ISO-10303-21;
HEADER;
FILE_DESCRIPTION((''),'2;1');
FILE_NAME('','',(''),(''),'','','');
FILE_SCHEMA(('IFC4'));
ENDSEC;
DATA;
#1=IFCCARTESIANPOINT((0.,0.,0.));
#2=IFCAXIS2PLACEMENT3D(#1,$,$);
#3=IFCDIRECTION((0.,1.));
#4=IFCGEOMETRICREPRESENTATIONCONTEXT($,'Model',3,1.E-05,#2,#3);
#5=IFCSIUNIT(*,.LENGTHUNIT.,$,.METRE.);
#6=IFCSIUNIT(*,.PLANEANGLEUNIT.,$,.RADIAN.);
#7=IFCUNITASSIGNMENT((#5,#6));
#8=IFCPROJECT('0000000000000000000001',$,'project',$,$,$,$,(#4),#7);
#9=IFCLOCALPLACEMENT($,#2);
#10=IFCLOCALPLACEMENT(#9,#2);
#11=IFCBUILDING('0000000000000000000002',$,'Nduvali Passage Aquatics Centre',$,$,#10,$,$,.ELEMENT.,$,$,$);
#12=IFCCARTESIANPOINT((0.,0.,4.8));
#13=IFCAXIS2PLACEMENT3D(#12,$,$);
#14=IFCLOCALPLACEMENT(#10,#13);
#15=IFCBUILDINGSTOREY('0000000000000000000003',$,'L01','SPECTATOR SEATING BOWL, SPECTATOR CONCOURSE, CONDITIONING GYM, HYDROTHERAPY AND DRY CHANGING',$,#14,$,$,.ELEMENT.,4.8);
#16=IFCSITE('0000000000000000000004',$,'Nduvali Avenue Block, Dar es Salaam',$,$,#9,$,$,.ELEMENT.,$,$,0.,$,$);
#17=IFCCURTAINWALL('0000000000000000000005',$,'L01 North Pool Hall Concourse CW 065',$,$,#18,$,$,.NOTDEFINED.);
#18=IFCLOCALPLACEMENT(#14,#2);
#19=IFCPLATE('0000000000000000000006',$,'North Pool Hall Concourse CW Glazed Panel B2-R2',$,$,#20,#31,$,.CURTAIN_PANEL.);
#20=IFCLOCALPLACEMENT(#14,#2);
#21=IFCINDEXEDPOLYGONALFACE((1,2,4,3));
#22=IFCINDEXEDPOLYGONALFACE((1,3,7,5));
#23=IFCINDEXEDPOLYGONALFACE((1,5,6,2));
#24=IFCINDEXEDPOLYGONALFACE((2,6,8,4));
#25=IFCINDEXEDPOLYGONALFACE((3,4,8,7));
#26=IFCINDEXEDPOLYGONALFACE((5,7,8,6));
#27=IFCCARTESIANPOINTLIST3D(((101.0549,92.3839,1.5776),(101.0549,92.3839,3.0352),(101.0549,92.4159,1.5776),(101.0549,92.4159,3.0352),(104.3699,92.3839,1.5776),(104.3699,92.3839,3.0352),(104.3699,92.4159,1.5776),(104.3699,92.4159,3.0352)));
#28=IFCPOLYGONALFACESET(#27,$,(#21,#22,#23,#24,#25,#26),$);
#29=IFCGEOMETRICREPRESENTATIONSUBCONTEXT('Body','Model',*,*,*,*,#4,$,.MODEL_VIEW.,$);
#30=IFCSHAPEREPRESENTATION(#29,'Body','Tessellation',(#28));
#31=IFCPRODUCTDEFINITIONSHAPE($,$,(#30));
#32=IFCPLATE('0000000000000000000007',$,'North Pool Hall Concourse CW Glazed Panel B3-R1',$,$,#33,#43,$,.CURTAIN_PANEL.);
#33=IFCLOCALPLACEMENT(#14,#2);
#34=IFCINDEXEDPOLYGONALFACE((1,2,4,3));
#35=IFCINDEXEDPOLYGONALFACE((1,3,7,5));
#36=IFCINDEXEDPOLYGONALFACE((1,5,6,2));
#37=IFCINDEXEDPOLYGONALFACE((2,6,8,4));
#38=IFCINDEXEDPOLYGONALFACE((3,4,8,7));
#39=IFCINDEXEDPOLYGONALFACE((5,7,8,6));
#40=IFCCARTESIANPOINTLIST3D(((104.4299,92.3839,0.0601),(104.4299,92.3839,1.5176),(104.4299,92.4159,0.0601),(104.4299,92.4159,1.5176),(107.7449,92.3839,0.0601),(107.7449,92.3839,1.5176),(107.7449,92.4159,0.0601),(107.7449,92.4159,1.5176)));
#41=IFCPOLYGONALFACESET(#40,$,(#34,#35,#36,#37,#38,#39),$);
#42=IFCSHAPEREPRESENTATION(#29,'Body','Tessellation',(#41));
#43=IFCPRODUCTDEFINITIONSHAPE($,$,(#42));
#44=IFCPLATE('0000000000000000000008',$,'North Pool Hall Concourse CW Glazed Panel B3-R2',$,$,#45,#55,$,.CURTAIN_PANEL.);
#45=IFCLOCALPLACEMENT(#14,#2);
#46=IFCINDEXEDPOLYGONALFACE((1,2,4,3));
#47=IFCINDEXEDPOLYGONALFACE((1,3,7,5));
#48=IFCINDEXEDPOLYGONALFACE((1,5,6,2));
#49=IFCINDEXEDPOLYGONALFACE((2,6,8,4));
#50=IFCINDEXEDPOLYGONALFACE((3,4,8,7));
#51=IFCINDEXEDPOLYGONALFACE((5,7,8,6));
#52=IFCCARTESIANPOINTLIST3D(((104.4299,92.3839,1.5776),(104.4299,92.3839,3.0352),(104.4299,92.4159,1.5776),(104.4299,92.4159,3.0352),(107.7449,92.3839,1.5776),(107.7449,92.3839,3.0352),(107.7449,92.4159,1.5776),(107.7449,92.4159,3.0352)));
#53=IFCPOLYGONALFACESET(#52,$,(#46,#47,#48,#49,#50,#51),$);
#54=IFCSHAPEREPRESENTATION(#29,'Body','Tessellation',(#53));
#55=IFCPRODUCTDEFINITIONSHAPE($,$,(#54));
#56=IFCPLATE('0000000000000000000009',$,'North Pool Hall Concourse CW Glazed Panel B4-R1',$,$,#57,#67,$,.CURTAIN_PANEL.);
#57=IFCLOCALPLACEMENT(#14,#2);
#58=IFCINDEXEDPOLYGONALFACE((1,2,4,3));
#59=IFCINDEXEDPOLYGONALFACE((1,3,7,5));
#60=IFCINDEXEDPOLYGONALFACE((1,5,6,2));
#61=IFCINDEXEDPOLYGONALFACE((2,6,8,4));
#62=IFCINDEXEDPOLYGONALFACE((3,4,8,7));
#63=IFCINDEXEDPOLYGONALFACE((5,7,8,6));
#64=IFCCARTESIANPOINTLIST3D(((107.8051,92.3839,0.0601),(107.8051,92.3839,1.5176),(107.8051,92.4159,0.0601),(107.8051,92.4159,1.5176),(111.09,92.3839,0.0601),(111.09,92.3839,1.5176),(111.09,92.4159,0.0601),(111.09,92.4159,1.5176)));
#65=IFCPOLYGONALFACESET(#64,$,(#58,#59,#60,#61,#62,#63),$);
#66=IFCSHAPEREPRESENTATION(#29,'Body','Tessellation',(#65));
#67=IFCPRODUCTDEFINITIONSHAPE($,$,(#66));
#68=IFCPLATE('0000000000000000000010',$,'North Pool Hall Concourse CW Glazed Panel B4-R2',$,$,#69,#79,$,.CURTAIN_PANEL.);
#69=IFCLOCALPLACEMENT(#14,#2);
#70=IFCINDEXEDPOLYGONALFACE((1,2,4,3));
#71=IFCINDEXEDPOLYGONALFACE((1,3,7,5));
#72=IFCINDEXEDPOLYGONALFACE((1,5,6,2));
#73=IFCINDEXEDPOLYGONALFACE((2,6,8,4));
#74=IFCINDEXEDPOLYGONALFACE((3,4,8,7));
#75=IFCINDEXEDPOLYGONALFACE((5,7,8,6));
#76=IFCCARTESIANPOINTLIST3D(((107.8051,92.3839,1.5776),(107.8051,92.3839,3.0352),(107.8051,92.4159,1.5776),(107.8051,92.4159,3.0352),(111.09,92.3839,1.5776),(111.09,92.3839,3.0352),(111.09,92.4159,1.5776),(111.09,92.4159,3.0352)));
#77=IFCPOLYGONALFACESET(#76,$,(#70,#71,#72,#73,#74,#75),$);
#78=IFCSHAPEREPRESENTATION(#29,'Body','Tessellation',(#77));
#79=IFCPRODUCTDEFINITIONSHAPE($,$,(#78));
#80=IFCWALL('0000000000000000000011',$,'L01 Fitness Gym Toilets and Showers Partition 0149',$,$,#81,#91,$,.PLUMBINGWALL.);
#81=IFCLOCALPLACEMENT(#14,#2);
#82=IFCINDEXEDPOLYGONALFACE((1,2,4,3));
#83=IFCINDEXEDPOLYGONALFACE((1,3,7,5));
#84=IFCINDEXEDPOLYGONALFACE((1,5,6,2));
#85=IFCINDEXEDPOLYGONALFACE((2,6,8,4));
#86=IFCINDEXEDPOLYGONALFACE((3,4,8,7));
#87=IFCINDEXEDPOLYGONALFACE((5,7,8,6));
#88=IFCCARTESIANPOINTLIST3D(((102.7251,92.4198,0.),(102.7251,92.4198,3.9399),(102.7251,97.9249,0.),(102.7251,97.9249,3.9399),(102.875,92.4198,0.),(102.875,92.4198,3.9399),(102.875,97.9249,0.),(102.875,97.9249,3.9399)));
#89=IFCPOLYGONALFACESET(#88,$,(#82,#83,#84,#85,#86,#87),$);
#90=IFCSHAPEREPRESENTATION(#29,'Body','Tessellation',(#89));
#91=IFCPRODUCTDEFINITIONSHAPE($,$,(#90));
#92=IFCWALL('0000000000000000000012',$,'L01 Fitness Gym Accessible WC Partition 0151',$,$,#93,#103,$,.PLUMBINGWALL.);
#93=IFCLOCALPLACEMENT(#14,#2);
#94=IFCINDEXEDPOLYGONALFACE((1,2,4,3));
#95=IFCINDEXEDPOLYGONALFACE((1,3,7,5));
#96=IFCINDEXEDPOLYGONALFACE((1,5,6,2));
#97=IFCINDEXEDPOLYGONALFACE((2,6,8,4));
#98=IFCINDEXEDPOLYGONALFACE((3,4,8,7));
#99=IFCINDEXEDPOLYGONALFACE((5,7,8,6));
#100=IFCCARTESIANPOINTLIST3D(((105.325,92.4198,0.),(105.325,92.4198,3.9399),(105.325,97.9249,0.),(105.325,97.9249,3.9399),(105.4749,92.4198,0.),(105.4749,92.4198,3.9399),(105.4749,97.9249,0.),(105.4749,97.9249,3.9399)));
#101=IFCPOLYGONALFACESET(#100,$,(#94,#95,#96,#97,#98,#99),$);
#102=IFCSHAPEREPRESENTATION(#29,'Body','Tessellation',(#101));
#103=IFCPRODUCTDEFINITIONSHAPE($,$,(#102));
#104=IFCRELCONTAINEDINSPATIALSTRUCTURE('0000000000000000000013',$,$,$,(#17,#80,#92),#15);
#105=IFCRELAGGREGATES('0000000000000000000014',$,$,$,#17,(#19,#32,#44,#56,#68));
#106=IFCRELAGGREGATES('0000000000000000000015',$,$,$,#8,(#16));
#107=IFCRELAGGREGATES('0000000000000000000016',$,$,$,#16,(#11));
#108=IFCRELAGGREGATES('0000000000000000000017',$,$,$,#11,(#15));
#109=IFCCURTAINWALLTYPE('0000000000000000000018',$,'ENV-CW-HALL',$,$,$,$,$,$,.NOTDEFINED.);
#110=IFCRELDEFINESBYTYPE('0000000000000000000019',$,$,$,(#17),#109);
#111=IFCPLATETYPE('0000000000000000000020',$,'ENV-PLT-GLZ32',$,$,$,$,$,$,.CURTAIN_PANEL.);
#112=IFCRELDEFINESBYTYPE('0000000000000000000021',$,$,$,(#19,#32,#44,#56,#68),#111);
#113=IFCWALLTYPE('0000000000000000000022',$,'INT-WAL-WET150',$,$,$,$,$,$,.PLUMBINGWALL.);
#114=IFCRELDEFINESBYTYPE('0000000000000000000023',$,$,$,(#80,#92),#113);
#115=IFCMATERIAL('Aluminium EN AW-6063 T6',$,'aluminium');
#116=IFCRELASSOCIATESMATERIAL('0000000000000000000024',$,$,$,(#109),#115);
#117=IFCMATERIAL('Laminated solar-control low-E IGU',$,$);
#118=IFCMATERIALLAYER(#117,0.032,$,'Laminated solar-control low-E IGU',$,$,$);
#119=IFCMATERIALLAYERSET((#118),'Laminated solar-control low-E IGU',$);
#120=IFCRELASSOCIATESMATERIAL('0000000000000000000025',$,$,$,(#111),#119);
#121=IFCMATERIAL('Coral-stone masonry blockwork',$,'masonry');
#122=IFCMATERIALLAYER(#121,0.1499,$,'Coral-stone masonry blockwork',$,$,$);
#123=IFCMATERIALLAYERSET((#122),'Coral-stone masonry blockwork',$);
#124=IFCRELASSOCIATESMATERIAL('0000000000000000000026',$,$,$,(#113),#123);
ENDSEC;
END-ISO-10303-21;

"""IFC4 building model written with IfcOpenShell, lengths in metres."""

from ifc_helpers import new_model, si_unit, direction, frame, frame_2d, origin, origin_2d, place, context, subcontext, project, spatial, rectangle, extrude, material, layer, layer_set, type_object, element, aggregate, save


model = new_model("IFC4")

# Units and contexts
model_context = context("Model", 3, precision=1e-05, world=origin(), true_north=direction((0.0, 1.0)))
body_context = subcontext(model_context, "Body", "Model", "MODEL_VIEW")
ifc_project = project(units=[si_unit("LENGTHUNIT", "METRE"), si_unit("PLANEANGLEUNIT", "RADIAN")], contexts=[model_context])

# Site, building, storey
site_placement = place(None, origin())
site = spatial("IfcSite", under=ifc_project, at=site_placement, Name="Nduvali Avenue Block, Dar es Salaam", CompositionType="ELEMENT", RefElevation=0.0)
building_placement = place(site_placement, origin())
building = spatial("IfcBuilding", under=site, at=building_placement, Name="Nduvali Passage Aquatics Centre", CompositionType="ELEMENT")
storey_placement = place(building_placement, frame((0.0, 0.0, 4.8)))
storey = spatial("IfcBuildingStorey", under=building, at=storey_placement, Name="L01", Description="SPECTATOR SEATING BOWL, SPECTATOR CONCOURSE, CONDITIONING GYM, HYDROTHERAPY AND DRY CHANGING", CompositionType="ELEMENT", Elevation=4.8)

# Curtain wall
ifc_material_1 = material(Name="Aluminium EN AW-6063 T6", Category="aluminium")
curtain_wall_type = type_object("IfcCurtainWallType", Name="ENV-CW-HALL", PredefinedType="NOTDEFINED", material=ifc_material_1)
curtain_wall_placement = place(storey_placement, origin())
curtain_wall = element("IfcCurtainWall", 1, at=curtain_wall_placement, inside=storey, type_object=curtain_wall_type, Name="L01 North Pool Hall Concourse CW 065", PredefinedType="NOTDEFINED")

# Plates
ifc_material_2 = material(Name="Laminated solar-control low-E IGU")
ifc_layer_1 = layer(ifc_material_2, 0.032, Name="Laminated solar-control low-E IGU")
ifc_layer_set_1 = layer_set([ifc_layer_1], Name="Laminated solar-control low-E IGU")
plate_type = type_object("IfcPlateType", Name="ENV-PLT-GLZ32", PredefinedType="CURTAIN_PANEL", material=ifc_layer_set_1)
plate_1_placement = place(storey_placement, frame((102.7124, 92.3999, 1.5776), z_axis=(0.0, 0.0, 1.0), x_axis=(1.0, 0.0, 0.0)))
plate_1 = element("IfcPlate", 2, at=plate_1_placement, type_object=plate_type, Name="North Pool Hall Concourse CW Glazed Panel B2-R2", PredefinedType="CURTAIN_PANEL", context=body_context, shape_type="SweptSolid", body=[
    extrude(rectangle(XDim=3.3149, YDim=0.032, at=origin_2d()), origin(), (0.0, 0.0, 1.0), 1.4575),
])
plate_2_placement = place(storey_placement, frame((106.0874, 92.3999, 0.0601), z_axis=(0.0, 0.0, 1.0), x_axis=(1.0, 0.0, 0.0)))
plate_2 = element("IfcPlate", 3, at=plate_2_placement, type_object=plate_type, Name="North Pool Hall Concourse CW Glazed Panel B3-R1", PredefinedType="CURTAIN_PANEL", context=body_context, shape_type="SweptSolid", body=[
    extrude(rectangle(XDim=3.3149, YDim=0.032, at=origin_2d()), origin(), (0.0, 0.0, 1.0), 1.4575),
])
plate_3_placement = place(storey_placement, frame((106.0874, 92.3999, 1.5776), z_axis=(0.0, 0.0, 1.0), x_axis=(1.0, 0.0, 0.0)))
plate_3 = element("IfcPlate", 4, at=plate_3_placement, type_object=plate_type, Name="North Pool Hall Concourse CW Glazed Panel B3-R2", PredefinedType="CURTAIN_PANEL", context=body_context, shape_type="SweptSolid", body=[
    extrude(rectangle(XDim=3.3149, YDim=0.032, at=origin_2d()), origin(), (0.0, 0.0, 1.0), 1.4575),
])
plate_4_placement = place(storey_placement, frame((109.4475, 92.3999, 0.0601), z_axis=(0.0, 0.0, 1.0), x_axis=(1.0, 0.0, 0.0)))
plate_4 = element("IfcPlate", 5, at=plate_4_placement, type_object=plate_type, Name="North Pool Hall Concourse CW Glazed Panel B4-R1", PredefinedType="CURTAIN_PANEL", context=body_context, shape_type="SweptSolid", body=[
    extrude(rectangle(XDim=3.2849, YDim=0.032, at=origin_2d()), origin(), (0.0, 0.0, 1.0), 1.4575),
])
plate_5_placement = place(storey_placement, frame((109.4475, 92.3999, 1.5776), z_axis=(0.0, 0.0, 1.0), x_axis=(1.0, 0.0, 0.0)))
plate_5 = element("IfcPlate", 6, at=plate_5_placement, type_object=plate_type, Name="North Pool Hall Concourse CW Glazed Panel B4-R2", PredefinedType="CURTAIN_PANEL", context=body_context, shape_type="SweptSolid", body=[
    extrude(rectangle(XDim=3.2849, YDim=0.032, at=origin_2d()), origin(), (0.0, 0.0, 1.0), 1.4575),
])
aggregate(curtain_wall, [plate_1, plate_2, plate_3, plate_4, plate_5])

# Walls
ifc_material_3 = material(Name="Coral-stone masonry blockwork", Category="masonry")
ifc_layer_2 = layer(ifc_material_3, 0.1499, Name="Coral-stone masonry blockwork")
ifc_layer_set_2 = layer_set([ifc_layer_2], Name="Coral-stone masonry blockwork")
wall_type = type_object("IfcWallType", Name="INT-WAL-WET150", PredefinedType="PLUMBINGWALL", material=ifc_layer_set_2)
for number, where, z_axis, x_axis, name in (
    (7, (102.8, 92.4199, 0.0), (0.0, 0.0, 1.0), (0.0, 1.0, 0.0), "L01 Fitness Gym Toilets and Showers Partition 0149"),
    (8, (105.3999, 92.4199, 0.0), (0.0, 0.0, 1.0), (0.0, 1.0, 0.0), "L01 Fitness Gym Accessible WC Partition 0151"),
):
    element("IfcWall", number, at=place(storey_placement, frame(where, z_axis=z_axis, x_axis=x_axis)), inside=storey, type_object=wall_type, Name=name, PredefinedType="PLUMBINGWALL", context=body_context, shape_type="SweptSolid", body=[
        extrude(rectangle(XDim=5.5051, YDim=0.1499, at=frame_2d((2.7524, 0.0))), origin(), (0.0, 0.0, 1.0), 3.9399),
    ])

save(model, "model.ifc")
